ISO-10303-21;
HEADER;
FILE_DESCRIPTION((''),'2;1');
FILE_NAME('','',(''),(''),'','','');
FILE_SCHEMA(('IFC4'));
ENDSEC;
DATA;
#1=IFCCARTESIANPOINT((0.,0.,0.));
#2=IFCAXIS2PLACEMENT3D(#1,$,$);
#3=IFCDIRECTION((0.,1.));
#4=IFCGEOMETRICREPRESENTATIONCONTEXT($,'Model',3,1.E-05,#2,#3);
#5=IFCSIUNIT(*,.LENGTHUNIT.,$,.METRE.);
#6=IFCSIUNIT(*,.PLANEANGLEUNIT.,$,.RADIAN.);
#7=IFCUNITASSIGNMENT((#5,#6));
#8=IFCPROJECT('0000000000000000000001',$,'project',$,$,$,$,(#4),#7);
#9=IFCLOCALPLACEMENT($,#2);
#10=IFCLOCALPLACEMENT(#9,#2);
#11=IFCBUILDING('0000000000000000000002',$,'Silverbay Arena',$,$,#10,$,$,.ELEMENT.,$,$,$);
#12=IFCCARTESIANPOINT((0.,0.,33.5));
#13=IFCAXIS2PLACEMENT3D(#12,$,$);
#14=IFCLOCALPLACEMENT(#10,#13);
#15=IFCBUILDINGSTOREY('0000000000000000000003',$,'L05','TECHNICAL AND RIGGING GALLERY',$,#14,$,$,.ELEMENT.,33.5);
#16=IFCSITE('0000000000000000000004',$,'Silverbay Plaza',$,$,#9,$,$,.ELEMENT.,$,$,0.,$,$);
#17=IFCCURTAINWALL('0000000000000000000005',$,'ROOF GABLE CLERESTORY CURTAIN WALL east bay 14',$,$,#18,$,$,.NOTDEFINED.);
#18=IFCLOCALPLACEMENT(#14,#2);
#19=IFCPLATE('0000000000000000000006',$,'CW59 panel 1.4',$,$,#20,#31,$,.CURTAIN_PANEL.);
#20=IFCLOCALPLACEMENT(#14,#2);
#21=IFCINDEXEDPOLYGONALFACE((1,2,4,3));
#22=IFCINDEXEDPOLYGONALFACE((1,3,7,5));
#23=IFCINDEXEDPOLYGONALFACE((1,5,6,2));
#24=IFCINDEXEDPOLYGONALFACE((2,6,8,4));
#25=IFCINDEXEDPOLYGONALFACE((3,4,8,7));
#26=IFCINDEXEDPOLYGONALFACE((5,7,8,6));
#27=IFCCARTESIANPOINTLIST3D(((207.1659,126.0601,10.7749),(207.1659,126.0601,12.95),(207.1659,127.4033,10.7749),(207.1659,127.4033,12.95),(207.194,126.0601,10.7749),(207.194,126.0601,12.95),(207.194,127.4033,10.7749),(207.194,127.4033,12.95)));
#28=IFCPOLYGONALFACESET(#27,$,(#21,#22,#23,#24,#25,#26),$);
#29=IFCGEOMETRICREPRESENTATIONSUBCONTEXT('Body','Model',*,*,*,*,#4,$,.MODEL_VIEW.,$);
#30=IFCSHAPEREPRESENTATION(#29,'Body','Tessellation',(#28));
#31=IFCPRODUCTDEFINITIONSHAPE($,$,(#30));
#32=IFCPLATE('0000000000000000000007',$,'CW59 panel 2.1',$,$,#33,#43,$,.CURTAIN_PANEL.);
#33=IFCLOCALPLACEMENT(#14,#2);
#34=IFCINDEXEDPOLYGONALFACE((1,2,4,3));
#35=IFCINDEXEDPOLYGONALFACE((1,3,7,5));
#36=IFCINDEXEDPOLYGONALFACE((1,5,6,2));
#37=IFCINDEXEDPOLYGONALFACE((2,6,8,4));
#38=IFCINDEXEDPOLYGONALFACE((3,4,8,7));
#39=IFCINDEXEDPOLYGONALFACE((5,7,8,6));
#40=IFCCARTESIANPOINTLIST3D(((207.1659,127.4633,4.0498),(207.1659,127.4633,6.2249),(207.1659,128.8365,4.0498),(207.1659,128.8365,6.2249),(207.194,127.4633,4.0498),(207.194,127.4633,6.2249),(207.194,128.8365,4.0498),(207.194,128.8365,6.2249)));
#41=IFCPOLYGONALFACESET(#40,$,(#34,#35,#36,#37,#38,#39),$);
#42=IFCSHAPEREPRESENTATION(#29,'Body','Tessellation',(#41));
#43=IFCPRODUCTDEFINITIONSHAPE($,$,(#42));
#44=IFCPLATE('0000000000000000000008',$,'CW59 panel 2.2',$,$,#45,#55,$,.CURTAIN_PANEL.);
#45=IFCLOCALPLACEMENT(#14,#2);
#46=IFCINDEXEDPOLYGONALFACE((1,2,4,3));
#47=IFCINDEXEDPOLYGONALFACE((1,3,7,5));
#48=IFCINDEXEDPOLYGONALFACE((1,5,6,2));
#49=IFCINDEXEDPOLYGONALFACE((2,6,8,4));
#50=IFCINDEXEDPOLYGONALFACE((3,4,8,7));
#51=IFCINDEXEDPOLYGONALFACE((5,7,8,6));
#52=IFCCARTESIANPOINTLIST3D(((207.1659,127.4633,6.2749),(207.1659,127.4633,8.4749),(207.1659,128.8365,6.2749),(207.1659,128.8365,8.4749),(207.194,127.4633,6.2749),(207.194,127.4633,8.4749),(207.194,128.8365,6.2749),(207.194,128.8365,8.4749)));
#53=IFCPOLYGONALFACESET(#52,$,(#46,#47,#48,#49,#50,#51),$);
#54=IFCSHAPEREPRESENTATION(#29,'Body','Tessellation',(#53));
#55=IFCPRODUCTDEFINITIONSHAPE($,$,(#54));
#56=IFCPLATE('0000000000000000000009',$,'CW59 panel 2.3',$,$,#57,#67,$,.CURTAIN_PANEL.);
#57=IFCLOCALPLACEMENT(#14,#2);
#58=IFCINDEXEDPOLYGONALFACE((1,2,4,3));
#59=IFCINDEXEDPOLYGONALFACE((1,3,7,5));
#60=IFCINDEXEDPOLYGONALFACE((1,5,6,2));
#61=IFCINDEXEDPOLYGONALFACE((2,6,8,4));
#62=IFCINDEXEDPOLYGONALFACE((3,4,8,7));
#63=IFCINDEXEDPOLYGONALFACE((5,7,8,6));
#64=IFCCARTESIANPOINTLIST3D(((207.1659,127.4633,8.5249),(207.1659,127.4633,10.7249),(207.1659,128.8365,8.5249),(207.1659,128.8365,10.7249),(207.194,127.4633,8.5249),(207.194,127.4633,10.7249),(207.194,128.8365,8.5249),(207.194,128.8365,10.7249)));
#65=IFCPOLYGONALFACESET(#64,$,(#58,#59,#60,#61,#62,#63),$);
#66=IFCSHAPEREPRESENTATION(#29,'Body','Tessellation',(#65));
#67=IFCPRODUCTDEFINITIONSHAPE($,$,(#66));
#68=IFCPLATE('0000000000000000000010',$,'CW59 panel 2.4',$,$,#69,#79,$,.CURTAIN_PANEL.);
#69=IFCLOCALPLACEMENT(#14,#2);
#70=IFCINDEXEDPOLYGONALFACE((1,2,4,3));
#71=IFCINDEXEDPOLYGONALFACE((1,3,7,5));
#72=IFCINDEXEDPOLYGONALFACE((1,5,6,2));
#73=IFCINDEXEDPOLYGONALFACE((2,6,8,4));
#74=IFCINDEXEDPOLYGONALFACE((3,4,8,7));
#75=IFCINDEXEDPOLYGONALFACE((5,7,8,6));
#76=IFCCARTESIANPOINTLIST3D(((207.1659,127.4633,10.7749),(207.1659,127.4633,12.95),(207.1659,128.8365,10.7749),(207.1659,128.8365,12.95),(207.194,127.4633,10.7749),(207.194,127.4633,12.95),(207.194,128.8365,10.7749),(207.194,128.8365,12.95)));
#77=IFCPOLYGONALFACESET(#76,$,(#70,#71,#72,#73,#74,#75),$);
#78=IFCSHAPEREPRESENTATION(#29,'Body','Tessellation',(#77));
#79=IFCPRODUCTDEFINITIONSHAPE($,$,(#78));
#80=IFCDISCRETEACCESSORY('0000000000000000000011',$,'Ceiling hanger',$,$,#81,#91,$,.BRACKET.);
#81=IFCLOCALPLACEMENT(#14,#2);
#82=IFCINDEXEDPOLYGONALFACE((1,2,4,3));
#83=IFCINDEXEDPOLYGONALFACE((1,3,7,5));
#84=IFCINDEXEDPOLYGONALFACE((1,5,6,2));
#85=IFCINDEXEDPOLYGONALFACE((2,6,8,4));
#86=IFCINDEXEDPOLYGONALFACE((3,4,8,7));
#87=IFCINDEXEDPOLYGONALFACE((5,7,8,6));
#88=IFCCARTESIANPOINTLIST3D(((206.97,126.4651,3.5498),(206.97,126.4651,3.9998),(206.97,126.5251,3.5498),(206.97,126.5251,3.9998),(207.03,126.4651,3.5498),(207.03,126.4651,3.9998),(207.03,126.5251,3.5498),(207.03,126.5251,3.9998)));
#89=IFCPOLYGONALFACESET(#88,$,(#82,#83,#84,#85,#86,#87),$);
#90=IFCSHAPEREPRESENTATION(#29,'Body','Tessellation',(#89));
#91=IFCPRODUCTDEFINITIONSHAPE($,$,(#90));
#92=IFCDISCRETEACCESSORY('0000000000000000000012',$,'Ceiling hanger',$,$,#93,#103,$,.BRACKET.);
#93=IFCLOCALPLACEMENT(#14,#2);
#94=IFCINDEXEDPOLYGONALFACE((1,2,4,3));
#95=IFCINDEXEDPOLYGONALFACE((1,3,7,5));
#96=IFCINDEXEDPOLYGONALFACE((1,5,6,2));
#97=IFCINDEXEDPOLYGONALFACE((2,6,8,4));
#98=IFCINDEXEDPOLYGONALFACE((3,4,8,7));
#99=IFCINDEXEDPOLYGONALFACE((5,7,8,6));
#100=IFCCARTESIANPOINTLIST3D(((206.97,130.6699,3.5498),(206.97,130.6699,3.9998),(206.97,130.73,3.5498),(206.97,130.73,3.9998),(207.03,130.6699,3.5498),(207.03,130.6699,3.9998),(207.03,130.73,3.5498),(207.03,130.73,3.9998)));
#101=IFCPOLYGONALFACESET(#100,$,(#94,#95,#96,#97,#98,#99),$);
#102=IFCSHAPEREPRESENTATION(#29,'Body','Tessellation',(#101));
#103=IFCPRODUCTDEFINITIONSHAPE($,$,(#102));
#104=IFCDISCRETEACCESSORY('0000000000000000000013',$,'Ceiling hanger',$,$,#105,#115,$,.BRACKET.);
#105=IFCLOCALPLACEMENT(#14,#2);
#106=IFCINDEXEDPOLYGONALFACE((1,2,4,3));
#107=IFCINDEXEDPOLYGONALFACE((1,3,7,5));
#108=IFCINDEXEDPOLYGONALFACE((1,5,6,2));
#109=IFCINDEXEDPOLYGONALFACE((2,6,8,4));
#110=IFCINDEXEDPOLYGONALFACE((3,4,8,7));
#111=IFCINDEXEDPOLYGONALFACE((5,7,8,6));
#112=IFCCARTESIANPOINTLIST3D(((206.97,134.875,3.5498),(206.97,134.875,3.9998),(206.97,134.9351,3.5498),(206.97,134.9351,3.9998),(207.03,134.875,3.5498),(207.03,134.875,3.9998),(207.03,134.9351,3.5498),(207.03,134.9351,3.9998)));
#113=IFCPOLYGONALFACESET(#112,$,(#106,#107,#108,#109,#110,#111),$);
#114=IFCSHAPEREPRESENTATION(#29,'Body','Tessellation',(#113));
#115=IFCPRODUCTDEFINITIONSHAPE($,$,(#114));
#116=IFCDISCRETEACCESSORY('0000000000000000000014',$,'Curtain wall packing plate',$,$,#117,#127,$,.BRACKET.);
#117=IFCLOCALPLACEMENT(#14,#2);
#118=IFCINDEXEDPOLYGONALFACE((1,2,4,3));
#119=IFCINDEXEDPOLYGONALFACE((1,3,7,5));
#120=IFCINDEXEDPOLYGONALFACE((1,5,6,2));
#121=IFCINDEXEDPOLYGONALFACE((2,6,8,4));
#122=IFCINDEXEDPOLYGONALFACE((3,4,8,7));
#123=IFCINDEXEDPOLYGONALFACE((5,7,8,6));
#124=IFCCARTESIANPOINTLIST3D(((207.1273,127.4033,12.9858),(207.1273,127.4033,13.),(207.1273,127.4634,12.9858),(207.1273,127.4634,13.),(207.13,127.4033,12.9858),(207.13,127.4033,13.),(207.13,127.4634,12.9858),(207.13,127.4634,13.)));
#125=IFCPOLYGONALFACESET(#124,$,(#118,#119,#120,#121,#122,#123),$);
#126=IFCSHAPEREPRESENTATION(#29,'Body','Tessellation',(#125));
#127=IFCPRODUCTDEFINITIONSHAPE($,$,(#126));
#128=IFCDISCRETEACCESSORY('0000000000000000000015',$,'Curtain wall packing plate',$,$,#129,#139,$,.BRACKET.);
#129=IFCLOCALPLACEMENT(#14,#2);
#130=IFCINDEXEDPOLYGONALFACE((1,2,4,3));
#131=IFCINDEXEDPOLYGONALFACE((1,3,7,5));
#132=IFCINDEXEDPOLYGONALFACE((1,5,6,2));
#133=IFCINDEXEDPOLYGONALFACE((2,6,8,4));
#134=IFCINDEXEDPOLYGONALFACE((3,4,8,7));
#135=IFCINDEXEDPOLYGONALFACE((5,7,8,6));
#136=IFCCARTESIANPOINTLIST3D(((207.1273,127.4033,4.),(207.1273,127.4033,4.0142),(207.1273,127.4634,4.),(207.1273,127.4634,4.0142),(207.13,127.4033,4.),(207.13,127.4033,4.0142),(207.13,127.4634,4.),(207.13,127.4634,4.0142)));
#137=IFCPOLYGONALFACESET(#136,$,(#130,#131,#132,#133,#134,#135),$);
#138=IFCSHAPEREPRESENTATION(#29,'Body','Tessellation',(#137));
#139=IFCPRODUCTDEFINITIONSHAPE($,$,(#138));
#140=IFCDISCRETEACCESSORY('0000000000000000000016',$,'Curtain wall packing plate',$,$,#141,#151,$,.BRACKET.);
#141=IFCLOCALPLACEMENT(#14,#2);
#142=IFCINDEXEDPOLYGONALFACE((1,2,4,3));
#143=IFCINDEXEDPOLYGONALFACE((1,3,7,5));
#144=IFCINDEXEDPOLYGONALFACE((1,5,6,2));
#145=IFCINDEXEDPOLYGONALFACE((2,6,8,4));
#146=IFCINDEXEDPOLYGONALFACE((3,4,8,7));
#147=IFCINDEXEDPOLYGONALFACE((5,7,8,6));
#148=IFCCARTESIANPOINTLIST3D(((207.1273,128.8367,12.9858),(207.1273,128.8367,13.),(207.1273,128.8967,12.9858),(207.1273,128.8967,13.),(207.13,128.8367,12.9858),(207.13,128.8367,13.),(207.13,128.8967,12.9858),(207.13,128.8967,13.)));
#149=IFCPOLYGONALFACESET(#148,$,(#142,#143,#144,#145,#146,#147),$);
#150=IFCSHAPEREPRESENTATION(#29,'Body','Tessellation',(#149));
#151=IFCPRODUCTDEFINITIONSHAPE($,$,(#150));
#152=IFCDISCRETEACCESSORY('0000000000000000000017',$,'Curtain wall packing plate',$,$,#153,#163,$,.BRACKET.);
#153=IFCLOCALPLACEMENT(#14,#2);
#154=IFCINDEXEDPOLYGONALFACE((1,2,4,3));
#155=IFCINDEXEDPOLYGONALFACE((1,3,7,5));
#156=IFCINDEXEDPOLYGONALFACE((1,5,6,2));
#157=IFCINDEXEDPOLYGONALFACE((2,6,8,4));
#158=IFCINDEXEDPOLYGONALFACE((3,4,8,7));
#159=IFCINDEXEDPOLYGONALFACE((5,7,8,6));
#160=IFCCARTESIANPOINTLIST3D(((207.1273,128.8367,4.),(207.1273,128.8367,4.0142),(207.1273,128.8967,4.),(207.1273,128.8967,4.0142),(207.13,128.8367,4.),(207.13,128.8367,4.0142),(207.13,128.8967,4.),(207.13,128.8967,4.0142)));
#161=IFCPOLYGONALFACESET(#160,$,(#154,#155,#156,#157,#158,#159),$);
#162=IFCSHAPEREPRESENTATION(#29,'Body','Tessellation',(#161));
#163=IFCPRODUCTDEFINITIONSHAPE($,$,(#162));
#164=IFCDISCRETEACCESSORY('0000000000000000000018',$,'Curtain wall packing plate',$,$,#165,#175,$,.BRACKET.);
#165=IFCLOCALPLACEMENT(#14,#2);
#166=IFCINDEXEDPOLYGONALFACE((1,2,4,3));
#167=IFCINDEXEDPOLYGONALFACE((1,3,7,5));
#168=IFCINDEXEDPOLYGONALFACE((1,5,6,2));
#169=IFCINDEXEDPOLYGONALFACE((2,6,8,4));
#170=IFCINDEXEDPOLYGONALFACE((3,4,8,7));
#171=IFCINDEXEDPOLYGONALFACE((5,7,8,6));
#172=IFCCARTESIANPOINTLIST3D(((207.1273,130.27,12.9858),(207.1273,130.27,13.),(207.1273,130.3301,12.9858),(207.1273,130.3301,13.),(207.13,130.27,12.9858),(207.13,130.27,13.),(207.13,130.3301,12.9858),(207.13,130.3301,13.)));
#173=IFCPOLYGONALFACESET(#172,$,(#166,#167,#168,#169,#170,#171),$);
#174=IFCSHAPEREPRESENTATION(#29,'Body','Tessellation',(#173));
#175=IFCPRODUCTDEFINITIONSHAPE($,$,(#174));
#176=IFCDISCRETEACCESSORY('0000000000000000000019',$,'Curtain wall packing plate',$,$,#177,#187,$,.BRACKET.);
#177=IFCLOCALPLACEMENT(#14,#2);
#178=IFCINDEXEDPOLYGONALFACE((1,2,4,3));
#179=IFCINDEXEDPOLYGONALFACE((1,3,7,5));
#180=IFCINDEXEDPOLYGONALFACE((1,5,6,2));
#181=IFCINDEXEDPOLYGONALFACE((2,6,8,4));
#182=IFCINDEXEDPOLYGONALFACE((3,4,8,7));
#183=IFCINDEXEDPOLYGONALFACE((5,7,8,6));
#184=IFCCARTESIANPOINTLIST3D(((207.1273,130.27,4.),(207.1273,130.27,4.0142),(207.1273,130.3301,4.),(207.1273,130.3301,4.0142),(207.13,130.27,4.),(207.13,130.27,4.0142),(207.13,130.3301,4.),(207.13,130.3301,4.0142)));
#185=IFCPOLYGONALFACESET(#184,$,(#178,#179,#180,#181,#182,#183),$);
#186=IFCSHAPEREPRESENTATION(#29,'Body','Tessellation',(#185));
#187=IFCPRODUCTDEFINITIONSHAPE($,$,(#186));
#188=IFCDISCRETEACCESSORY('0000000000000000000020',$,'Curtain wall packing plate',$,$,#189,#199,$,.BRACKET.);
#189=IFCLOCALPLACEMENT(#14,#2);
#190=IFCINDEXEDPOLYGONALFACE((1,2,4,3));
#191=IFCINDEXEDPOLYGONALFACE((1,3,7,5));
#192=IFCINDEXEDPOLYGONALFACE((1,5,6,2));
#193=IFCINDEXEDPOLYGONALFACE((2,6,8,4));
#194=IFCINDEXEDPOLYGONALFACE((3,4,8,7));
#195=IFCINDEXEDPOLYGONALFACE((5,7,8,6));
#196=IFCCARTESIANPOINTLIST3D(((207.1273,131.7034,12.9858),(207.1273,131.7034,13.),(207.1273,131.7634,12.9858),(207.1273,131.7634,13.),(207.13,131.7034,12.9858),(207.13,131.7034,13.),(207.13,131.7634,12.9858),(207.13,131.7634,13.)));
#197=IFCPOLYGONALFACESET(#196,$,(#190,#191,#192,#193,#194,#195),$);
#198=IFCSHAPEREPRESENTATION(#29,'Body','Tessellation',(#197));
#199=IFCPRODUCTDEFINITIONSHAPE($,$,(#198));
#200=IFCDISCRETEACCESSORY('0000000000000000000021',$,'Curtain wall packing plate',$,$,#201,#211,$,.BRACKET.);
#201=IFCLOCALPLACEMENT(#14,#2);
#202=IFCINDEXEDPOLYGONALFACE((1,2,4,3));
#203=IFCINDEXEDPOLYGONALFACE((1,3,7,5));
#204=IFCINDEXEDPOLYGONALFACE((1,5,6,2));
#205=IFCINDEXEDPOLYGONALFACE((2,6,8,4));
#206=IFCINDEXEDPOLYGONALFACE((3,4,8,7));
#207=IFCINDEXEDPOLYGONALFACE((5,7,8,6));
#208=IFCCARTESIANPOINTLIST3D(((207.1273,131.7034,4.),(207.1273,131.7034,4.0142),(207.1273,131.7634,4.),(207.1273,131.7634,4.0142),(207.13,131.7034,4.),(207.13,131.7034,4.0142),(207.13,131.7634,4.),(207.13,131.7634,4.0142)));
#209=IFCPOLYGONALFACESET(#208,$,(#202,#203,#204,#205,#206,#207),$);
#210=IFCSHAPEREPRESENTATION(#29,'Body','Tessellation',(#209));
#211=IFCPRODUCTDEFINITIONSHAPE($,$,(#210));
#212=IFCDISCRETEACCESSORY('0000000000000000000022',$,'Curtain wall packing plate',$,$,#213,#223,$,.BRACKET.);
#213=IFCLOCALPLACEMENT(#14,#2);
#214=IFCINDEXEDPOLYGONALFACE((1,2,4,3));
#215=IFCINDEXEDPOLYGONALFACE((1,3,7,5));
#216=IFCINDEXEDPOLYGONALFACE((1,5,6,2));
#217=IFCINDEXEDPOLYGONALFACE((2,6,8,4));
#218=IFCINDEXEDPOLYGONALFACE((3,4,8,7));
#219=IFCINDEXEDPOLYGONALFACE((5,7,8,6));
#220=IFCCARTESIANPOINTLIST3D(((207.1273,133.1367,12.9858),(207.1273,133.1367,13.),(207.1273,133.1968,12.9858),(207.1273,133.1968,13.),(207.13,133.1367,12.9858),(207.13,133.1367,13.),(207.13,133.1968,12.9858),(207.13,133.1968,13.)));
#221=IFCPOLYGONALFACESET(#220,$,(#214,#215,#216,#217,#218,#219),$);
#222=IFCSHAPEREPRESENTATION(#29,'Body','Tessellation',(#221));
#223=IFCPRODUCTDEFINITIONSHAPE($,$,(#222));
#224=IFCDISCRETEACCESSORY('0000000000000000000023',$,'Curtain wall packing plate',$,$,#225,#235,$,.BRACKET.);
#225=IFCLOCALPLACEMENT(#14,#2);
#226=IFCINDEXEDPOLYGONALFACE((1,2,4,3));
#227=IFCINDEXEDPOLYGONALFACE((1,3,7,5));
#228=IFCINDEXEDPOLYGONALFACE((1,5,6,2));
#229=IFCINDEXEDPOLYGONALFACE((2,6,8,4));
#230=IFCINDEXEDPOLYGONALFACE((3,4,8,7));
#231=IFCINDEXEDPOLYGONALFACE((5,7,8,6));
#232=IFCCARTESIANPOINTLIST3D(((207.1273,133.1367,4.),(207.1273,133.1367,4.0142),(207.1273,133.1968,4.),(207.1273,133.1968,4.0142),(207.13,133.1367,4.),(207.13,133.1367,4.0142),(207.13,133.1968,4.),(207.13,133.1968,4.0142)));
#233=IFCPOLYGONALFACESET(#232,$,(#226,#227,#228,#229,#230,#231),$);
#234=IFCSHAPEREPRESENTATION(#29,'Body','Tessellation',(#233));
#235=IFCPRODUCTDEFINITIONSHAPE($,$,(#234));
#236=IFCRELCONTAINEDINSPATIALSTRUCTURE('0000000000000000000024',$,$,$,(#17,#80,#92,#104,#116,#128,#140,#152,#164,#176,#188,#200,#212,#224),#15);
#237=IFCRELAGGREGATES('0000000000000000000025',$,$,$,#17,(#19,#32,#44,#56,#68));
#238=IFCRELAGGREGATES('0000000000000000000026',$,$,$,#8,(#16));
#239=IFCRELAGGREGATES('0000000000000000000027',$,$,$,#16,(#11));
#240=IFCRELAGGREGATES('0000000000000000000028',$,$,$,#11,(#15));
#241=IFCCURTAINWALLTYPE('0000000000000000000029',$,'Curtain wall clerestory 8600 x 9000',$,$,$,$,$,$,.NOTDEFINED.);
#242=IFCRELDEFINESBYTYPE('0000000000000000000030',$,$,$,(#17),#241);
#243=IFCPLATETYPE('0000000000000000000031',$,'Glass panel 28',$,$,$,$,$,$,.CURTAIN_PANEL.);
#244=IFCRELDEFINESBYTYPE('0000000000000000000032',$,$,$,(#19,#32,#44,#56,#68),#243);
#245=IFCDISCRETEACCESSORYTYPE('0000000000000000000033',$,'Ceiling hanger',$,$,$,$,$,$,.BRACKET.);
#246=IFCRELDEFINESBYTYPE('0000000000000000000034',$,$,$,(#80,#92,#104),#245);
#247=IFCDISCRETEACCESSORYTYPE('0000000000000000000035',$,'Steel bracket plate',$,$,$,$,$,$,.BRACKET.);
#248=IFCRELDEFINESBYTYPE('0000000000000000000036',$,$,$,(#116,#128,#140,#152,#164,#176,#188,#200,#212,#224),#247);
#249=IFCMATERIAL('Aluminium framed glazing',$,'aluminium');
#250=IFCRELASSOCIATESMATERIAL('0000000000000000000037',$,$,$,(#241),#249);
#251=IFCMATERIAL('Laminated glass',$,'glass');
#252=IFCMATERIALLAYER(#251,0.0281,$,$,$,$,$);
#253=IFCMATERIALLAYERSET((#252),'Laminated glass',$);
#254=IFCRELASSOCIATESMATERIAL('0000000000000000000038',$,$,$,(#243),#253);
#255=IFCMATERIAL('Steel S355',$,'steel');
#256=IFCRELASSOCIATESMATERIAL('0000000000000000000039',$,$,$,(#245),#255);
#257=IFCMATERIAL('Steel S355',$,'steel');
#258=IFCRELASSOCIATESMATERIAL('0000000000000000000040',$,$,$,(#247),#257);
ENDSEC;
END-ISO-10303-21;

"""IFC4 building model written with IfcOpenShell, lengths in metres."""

from ifc_helpers import new_model, si_unit, direction, frame, origin, origin_2d, place, context, subcontext, project, spatial, rectangle, extrude, material, layer, layer_set, type_object, element, aggregate, save


model = new_model("IFC4")

# Units and contexts
model_context = context("Model", 3, precision=1e-05, world=origin(), true_north=direction((0.0, 1.0)))
body_context = subcontext(model_context, "Body", "Model", "MODEL_VIEW")
ifc_project = project(units=[si_unit("LENGTHUNIT", "METRE"), si_unit("PLANEANGLEUNIT", "RADIAN")], contexts=[model_context])

# Site, building, storey
site_placement = place(None, origin())
site = spatial("IfcSite", under=ifc_project, at=site_placement, Name="Silverbay Plaza", CompositionType="ELEMENT", RefElevation=0.0)
building_placement = place(site_placement, origin())
building = spatial("IfcBuilding", under=site, at=building_placement, Name="Silverbay Arena", CompositionType="ELEMENT")
storey_placement = place(building_placement, frame((0.0, 0.0, 33.5)))
storey = spatial("IfcBuildingStorey", under=building, at=storey_placement, Name="L05", Description="TECHNICAL AND RIGGING GALLERY", CompositionType="ELEMENT", Elevation=33.5)

# Curtain wall, plates
ifc_material_1 = material(Name="Aluminium framed glazing", Category="aluminium")
curtain_wall_type = type_object("IfcCurtainWallType", Name="Curtain wall clerestory 8600 x 9000", PredefinedType="NOTDEFINED", material=ifc_material_1)
curtain_wall_placement = place(storey_placement, origin())
curtain_wall = element("IfcCurtainWall", 1, at=curtain_wall_placement, inside=storey, type_object=curtain_wall_type, Name="ROOF GABLE CLERESTORY CURTAIN WALL east bay 14", PredefinedType="NOTDEFINED")
ifc_material_2 = material(Name="Laminated glass", Category="glass")
ifc_layer = layer(ifc_material_2, 0.0281)
ifc_layer_set = layer_set([ifc_layer], Name="Laminated glass")
plate_type = type_object("IfcPlateType", Name="Glass panel 28", PredefinedType="CURTAIN_PANEL", material=ifc_layer_set)
plate_1_placement = place(storey_placement, frame((207.1799, 126.7317, 10.7749), z_axis=(0.0, 0.0, 1.0), x_axis=(0.0, 1.0, 0.0)))
plate_1 = element("IfcPlate", 2, at=plate_1_placement, type_object=plate_type, Name="CW59 panel 1.4", PredefinedType="CURTAIN_PANEL", context=body_context, shape_type="SweptSolid", body=[
    extrude(rectangle(XDim=1.3433, YDim=0.0281, at=origin_2d()), origin(), (0.0, 0.0, 1.0), 2.175),
])
plate_2_placement = place(storey_placement, frame((207.1799, 128.1499, 4.0498), z_axis=(0.0, 0.0, 1.0), x_axis=(0.0, 1.0, 0.0)))
plate_2 = element("IfcPlate", 3, at=plate_2_placement, type_object=plate_type, Name="CW59 panel 2.1", PredefinedType="CURTAIN_PANEL", context=body_context, shape_type="SweptSolid", body=[
    extrude(rectangle(XDim=1.3733, YDim=0.0281, at=origin_2d()), origin(), (0.0, 0.0, 1.0), 2.175),
])
plate_3_placement = place(storey_placement, frame((207.1799, 128.1499, 6.2749), z_axis=(0.0, 0.0, 1.0), x_axis=(0.0, 1.0, 0.0)))
plate_3 = element("IfcPlate", 4, at=plate_3_placement, type_object=plate_type, Name="CW59 panel 2.2", PredefinedType="CURTAIN_PANEL", context=body_context, shape_type="SweptSolid", body=[
    extrude(rectangle(XDim=1.3733, YDim=0.0281, at=origin_2d()), origin(), (0.0, 0.0, 1.0), 2.2),
])
plate_4_placement = place(storey_placement, frame((207.1799, 128.1499, 8.5249), z_axis=(0.0, 0.0, 1.0), x_axis=(0.0, 1.0, 0.0)))
plate_4 = element("IfcPlate", 5, at=plate_4_placement, type_object=plate_type, Name="CW59 panel 2.3", PredefinedType="CURTAIN_PANEL", context=body_context, shape_type="SweptSolid", body=[
    extrude(rectangle(XDim=1.3733, YDim=0.0281, at=origin_2d()), origin(), (0.0, 0.0, 1.0), 2.2),
])
plate_5_placement = place(storey_placement, frame((207.1799, 128.1499, 10.7749), z_axis=(0.0, 0.0, 1.0), x_axis=(0.0, 1.0, 0.0)))
plate_5 = element("IfcPlate", 6, at=plate_5_placement, type_object=plate_type, Name="CW59 panel 2.4", PredefinedType="CURTAIN_PANEL", context=body_context, shape_type="SweptSolid", body=[
    extrude(rectangle(XDim=1.3733, YDim=0.0281, at=origin_2d()), origin(), (0.0, 0.0, 1.0), 2.175),
])
aggregate(curtain_wall, [plate_1, plate_2, plate_3, plate_4, plate_5])

# Discrete accessories
ifc_material_3 = material(Name="Steel S355", Category="steel")
discrete_accessory_type_1 = type_object("IfcDiscreteAccessoryType", Name="Ceiling hanger", PredefinedType="BRACKET", material=ifc_material_3)
for number, where, z_axis, x_axis, name in (
    (7, (207.0, 126.4951, 3.5498), (0.0, 0.0, 1.0), (1.0, 0.0, 0.0), "Ceiling hanger"),
    (8, (207.0, 130.7, 3.5498), (0.0, 0.0, 1.0), (1.0, 0.0, 0.0), "Ceiling hanger"),
    (9, (207.0, 134.905, 3.5498), (0.0, 0.0, 1.0), (1.0, 0.0, 0.0), "Ceiling hanger"),
):
    element("IfcDiscreteAccessory", number, at=place(storey_placement, frame(where, z_axis=z_axis, x_axis=x_axis)), inside=storey, type_object=discrete_accessory_type_1, Name=name, PredefinedType="BRACKET", context=body_context, shape_type="SweptSolid", body=[
        extrude(rectangle(XDim=0.0601, YDim=0.0601, at=origin_2d()), origin(), (0.0, 0.0, 1.0), 0.45),
    ])
ifc_material_4 = material(Name="Steel S355", Category="steel")
discrete_accessory_type_2 = type_object("IfcDiscreteAccessoryType", Name="Steel bracket plate", PredefinedType="BRACKET", material=ifc_material_4)
for number, where, z_axis, x_axis, name in (
    (10, (207.1287, 127.4333, 12.9858), (0.0, 0.0, 1.0), (1.0, 0.0, 0.0), "Curtain wall packing plate"),
    (11, (207.1287, 127.4333, 4.0), (0.0, 0.0, 1.0), (1.0, 0.0, 0.0), "Curtain wall packing plate"),
    (12, (207.1287, 128.8667, 12.9858), (0.0, 0.0, 1.0), (1.0, 0.0, 0.0), "Curtain wall packing plate"),
    (13, (207.1287, 128.8667, 4.0), (0.0, 0.0, 1.0), (1.0, 0.0, 0.0), "Curtain wall packing plate"),
    (14, (207.1287, 130.3, 12.9858), (0.0, 0.0, 1.0), (1.0, 0.0, 0.0), "Curtain wall packing plate"),
    (15, (207.1287, 130.3, 4.0), (0.0, 0.0, 1.0), (1.0, 0.0, 0.0), "Curtain wall packing plate"),
    (16, (207.1287, 131.7334, 12.9858), (0.0, 0.0, 1.0), (1.0, 0.0, 0.0), "Curtain wall packing plate"),
    (17, (207.1287, 131.7334, 4.0), (0.0, 0.0, 1.0), (1.0, 0.0, 0.0), "Curtain wall packing plate"),
    (18, (207.1287, 133.1667, 12.9858), (0.0, 0.0, 1.0), (1.0, 0.0, 0.0), "Curtain wall packing plate"),
    (19, (207.1287, 133.1667, 4.0), (0.0, 0.0, 1.0), (1.0, 0.0, 0.0), "Curtain wall packing plate"),
):
    element("IfcDiscreteAccessory", number, at=place(storey_placement, frame(where, z_axis=z_axis, x_axis=x_axis)), inside=storey, type_object=discrete_accessory_type_2, Name=name, PredefinedType="BRACKET", context=body_context, shape_type="SweptSolid", body=[
        extrude(rectangle(XDim=0.0027, YDim=0.0601, at=origin_2d()), origin(), (0.0, 0.0, 1.0), 0.0142),
    ])

save(model, "model.ifc")
